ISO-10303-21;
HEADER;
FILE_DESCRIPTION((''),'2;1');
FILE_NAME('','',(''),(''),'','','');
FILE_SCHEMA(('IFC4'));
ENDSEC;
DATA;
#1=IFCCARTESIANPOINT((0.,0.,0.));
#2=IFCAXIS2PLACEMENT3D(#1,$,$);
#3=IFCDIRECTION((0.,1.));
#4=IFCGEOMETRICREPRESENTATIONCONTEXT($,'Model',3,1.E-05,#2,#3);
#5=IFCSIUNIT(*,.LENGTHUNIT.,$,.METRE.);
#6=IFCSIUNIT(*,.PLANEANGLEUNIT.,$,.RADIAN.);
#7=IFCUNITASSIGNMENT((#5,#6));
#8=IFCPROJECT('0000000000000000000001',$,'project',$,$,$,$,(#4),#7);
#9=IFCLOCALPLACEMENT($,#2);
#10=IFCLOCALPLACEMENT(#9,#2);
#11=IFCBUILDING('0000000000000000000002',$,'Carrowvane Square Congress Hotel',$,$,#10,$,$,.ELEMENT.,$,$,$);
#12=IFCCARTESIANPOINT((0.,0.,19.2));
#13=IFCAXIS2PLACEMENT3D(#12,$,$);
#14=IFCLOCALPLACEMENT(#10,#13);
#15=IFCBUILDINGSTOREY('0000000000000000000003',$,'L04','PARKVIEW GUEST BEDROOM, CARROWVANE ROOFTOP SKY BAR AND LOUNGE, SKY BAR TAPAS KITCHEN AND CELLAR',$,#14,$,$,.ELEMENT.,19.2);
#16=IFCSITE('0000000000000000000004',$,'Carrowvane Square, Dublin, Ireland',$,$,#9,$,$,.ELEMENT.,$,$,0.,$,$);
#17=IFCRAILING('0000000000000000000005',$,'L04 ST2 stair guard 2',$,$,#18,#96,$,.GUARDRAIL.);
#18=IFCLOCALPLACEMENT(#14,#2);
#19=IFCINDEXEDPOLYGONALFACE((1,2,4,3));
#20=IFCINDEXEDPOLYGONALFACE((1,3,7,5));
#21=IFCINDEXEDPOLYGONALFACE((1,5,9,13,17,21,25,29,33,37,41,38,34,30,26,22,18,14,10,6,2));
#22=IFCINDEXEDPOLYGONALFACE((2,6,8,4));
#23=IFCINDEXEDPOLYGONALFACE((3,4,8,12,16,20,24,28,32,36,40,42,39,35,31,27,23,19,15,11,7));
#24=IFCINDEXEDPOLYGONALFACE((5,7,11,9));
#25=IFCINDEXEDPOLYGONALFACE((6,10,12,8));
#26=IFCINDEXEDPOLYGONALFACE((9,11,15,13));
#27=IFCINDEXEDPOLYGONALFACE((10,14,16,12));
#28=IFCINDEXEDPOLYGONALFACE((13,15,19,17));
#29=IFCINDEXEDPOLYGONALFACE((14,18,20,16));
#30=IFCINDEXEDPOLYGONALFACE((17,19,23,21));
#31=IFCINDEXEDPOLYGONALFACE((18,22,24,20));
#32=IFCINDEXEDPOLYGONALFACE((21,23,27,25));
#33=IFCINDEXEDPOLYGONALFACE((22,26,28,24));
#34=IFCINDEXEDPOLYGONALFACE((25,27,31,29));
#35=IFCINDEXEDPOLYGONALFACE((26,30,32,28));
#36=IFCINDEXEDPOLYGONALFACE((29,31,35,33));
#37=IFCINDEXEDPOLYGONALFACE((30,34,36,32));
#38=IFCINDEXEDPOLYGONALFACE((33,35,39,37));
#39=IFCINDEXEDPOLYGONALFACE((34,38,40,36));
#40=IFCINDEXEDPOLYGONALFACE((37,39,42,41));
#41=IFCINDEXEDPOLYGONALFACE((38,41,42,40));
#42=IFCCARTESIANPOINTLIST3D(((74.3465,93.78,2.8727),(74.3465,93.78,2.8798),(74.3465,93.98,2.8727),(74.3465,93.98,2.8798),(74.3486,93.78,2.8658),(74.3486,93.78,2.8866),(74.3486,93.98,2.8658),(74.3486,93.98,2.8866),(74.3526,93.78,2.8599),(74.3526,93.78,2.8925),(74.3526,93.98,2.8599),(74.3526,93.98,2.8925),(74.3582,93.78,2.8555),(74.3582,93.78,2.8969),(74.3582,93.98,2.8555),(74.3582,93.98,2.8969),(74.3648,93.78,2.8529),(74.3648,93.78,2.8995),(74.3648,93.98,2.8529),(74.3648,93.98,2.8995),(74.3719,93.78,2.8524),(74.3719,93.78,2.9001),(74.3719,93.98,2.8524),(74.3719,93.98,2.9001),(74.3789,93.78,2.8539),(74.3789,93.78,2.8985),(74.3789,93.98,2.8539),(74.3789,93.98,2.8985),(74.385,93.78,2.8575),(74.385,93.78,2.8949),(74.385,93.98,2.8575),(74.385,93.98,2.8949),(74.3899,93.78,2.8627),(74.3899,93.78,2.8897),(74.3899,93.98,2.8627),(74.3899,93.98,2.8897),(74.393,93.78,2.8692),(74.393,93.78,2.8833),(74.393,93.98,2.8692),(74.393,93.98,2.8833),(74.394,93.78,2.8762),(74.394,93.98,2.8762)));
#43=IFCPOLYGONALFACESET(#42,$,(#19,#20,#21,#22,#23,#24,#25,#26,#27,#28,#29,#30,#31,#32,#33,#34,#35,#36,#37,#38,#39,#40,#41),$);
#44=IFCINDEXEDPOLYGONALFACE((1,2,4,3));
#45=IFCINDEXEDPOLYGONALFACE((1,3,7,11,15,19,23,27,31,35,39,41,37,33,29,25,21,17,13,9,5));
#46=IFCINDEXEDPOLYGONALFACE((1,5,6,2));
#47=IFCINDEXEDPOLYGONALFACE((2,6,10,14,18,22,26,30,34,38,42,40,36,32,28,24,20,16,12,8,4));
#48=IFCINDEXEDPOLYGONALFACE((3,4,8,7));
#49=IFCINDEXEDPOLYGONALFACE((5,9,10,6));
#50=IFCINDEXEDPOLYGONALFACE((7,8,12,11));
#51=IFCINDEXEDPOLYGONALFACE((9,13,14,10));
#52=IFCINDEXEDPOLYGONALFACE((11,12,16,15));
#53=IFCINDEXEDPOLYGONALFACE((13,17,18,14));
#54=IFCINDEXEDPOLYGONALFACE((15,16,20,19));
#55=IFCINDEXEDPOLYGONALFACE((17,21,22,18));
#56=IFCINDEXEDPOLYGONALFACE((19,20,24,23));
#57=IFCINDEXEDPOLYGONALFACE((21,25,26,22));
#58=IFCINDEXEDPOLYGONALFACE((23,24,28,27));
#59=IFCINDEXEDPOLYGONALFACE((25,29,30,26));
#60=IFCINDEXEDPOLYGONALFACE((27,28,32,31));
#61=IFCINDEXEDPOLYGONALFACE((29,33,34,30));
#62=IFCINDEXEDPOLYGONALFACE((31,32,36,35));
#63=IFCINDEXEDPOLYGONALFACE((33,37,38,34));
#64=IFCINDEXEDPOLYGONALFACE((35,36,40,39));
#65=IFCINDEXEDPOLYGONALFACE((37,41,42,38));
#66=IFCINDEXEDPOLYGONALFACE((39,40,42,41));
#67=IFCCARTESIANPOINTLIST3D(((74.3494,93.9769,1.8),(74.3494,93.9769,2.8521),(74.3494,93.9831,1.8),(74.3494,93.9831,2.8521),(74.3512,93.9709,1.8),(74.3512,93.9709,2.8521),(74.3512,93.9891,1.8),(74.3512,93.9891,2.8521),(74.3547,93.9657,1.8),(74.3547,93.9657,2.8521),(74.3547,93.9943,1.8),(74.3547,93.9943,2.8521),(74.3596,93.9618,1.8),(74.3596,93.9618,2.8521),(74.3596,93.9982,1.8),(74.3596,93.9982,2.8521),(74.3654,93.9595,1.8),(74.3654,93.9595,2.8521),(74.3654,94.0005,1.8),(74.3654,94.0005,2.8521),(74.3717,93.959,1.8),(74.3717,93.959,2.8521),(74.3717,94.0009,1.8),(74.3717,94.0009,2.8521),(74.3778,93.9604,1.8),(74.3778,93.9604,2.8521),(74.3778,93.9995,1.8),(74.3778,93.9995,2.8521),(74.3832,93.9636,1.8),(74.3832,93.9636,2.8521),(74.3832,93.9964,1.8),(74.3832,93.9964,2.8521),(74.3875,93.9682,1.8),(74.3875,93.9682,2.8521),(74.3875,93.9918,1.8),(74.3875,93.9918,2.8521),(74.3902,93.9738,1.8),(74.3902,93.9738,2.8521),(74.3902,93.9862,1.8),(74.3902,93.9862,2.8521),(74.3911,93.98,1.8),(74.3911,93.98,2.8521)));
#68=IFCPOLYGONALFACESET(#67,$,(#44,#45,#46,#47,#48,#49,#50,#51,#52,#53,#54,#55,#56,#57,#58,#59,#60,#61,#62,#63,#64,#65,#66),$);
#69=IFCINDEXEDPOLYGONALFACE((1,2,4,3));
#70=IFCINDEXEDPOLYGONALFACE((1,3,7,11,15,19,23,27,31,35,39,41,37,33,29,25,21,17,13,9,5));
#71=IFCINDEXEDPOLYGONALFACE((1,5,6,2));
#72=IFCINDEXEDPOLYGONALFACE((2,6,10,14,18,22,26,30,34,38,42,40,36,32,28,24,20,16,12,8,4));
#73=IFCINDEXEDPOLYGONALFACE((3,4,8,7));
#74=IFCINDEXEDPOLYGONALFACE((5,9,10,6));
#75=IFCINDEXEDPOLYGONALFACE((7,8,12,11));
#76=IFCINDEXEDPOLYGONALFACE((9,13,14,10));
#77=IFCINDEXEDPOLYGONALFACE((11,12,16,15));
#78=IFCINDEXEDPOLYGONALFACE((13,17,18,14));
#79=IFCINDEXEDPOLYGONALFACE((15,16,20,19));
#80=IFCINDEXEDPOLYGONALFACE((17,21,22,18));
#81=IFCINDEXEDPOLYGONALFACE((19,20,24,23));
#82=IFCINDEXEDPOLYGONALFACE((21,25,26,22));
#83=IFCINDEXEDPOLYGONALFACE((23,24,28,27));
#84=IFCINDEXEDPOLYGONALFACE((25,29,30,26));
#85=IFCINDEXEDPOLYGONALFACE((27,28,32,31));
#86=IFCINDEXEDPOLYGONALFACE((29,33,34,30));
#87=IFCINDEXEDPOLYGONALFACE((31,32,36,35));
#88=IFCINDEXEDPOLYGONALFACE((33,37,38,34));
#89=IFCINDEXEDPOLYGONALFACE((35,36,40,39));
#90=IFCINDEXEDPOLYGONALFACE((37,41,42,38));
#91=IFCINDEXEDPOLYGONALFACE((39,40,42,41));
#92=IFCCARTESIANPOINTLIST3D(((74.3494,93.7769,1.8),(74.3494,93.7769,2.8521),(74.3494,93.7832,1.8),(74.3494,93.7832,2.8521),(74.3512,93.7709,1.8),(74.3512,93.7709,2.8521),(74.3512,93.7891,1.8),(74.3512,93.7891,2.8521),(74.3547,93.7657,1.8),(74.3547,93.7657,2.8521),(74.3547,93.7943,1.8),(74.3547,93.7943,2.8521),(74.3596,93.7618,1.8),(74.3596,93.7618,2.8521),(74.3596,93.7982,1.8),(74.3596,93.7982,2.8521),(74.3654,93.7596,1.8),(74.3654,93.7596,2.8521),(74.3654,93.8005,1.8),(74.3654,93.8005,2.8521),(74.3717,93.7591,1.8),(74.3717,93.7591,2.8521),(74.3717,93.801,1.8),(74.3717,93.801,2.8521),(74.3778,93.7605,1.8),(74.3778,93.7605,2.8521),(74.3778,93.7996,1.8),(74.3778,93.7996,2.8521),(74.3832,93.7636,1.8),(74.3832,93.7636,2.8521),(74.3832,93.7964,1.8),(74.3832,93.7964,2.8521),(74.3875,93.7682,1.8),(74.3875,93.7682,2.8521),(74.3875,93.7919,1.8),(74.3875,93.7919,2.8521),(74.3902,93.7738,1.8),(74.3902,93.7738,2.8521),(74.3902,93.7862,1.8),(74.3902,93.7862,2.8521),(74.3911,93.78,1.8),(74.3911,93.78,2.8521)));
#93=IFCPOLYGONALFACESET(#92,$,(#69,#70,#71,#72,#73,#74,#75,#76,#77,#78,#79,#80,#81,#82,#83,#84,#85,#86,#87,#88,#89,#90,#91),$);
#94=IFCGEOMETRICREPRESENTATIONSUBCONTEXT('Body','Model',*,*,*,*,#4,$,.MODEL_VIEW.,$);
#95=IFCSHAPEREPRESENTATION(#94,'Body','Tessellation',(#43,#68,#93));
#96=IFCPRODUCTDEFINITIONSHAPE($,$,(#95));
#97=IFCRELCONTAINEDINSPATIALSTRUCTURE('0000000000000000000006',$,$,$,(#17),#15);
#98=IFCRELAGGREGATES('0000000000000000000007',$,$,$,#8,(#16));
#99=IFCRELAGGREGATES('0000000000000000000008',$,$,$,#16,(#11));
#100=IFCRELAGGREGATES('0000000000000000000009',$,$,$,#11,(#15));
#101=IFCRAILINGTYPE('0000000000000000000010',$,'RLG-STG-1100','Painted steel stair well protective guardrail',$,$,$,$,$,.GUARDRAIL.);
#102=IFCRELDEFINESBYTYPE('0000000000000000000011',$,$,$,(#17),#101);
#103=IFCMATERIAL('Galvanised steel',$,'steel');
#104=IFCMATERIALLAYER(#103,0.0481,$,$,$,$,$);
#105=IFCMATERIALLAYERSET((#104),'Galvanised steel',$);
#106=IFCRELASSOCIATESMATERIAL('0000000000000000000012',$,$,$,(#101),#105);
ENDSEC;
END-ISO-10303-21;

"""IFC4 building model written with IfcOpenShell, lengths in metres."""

from ifc_helpers import new_model, si_unit, direction, frame, origin, origin_2d, place, context, subcontext, project, spatial, circle, extrude, material, layer, layer_set, type_object, element, save


model = new_model("IFC4")

# Units and contexts
model_context = context("Model", 3, precision=1e-05, world=origin(), true_north=direction((0.0, 1.0)))
body_context = subcontext(model_context, "Body", "Model", "MODEL_VIEW")
ifc_project = project(units=[si_unit("LENGTHUNIT", "METRE"), si_unit("PLANEANGLEUNIT", "RADIAN")], contexts=[model_context])

# Site, building, storey
site_placement = place(None, origin())
site = spatial("IfcSite", under=ifc_project, at=site_placement, Name="Carrowvane Square, Dublin, Ireland", CompositionType="ELEMENT", RefElevation=0.0)
building_placement = place(site_placement, origin())
building = spatial("IfcBuilding", under=site, at=building_placement, Name="Carrowvane Square Congress Hotel", CompositionType="ELEMENT")
storey_placement = place(building_placement, frame((0.0, 0.0, 19.2)))
storey = spatial("IfcBuildingStorey", under=building, at=storey_placement, Name="L04", Description="PARKVIEW GUEST BEDROOM, CARROWVANE ROOFTOP SKY BAR AND LOUNGE, SKY BAR TAPAS KITCHEN AND CELLAR", CompositionType="ELEMENT", Elevation=19.2)

# Railing
ifc_material_1 = material(Name="Galvanised steel", Category="steel")
ifc_layer_1 = layer(ifc_material_1, 0.0481)
ifc_layer_set_1 = layer_set([ifc_layer_1], Name="Galvanised steel")
railing_type_1 = type_object("IfcRailingType", Name="RLG-STG-1100", Description="Painted steel stair well protective guardrail", PredefinedType="GUARDRAIL", material=ifc_layer_set_1)
railing_1_placement = place(storey_placement, frame((74.3701, 93.98, 1.8)))
element("IfcRailing", 1, at=railing_1_placement, inside=storey, type_object=railing_type_1, Name="L04 ST2 stair guard 2", PredefinedType="GUARDRAIL", context=body_context, shape_type="SweptSolid", body=[
    extrude(circle(Radius=0.0239, at=origin_2d()), frame((0.0, 0.0, 1.0762), z_axis=(0.0, -1.0, 0.0), x_axis=(1.0, 0.0, 0.0)), (0.0, 0.0, 1.0), 0.2),
    extrude(circle(Radius=0.021, at=origin_2d()), origin(), (0.0, 0.0, 1.0), 1.052),
    extrude(circle(Radius=0.021, at=origin_2d()), frame((0.0, -0.2, 0.0)), (0.0, 0.0, 1.0), 1.052),
])

save(model, "model.ifc")
